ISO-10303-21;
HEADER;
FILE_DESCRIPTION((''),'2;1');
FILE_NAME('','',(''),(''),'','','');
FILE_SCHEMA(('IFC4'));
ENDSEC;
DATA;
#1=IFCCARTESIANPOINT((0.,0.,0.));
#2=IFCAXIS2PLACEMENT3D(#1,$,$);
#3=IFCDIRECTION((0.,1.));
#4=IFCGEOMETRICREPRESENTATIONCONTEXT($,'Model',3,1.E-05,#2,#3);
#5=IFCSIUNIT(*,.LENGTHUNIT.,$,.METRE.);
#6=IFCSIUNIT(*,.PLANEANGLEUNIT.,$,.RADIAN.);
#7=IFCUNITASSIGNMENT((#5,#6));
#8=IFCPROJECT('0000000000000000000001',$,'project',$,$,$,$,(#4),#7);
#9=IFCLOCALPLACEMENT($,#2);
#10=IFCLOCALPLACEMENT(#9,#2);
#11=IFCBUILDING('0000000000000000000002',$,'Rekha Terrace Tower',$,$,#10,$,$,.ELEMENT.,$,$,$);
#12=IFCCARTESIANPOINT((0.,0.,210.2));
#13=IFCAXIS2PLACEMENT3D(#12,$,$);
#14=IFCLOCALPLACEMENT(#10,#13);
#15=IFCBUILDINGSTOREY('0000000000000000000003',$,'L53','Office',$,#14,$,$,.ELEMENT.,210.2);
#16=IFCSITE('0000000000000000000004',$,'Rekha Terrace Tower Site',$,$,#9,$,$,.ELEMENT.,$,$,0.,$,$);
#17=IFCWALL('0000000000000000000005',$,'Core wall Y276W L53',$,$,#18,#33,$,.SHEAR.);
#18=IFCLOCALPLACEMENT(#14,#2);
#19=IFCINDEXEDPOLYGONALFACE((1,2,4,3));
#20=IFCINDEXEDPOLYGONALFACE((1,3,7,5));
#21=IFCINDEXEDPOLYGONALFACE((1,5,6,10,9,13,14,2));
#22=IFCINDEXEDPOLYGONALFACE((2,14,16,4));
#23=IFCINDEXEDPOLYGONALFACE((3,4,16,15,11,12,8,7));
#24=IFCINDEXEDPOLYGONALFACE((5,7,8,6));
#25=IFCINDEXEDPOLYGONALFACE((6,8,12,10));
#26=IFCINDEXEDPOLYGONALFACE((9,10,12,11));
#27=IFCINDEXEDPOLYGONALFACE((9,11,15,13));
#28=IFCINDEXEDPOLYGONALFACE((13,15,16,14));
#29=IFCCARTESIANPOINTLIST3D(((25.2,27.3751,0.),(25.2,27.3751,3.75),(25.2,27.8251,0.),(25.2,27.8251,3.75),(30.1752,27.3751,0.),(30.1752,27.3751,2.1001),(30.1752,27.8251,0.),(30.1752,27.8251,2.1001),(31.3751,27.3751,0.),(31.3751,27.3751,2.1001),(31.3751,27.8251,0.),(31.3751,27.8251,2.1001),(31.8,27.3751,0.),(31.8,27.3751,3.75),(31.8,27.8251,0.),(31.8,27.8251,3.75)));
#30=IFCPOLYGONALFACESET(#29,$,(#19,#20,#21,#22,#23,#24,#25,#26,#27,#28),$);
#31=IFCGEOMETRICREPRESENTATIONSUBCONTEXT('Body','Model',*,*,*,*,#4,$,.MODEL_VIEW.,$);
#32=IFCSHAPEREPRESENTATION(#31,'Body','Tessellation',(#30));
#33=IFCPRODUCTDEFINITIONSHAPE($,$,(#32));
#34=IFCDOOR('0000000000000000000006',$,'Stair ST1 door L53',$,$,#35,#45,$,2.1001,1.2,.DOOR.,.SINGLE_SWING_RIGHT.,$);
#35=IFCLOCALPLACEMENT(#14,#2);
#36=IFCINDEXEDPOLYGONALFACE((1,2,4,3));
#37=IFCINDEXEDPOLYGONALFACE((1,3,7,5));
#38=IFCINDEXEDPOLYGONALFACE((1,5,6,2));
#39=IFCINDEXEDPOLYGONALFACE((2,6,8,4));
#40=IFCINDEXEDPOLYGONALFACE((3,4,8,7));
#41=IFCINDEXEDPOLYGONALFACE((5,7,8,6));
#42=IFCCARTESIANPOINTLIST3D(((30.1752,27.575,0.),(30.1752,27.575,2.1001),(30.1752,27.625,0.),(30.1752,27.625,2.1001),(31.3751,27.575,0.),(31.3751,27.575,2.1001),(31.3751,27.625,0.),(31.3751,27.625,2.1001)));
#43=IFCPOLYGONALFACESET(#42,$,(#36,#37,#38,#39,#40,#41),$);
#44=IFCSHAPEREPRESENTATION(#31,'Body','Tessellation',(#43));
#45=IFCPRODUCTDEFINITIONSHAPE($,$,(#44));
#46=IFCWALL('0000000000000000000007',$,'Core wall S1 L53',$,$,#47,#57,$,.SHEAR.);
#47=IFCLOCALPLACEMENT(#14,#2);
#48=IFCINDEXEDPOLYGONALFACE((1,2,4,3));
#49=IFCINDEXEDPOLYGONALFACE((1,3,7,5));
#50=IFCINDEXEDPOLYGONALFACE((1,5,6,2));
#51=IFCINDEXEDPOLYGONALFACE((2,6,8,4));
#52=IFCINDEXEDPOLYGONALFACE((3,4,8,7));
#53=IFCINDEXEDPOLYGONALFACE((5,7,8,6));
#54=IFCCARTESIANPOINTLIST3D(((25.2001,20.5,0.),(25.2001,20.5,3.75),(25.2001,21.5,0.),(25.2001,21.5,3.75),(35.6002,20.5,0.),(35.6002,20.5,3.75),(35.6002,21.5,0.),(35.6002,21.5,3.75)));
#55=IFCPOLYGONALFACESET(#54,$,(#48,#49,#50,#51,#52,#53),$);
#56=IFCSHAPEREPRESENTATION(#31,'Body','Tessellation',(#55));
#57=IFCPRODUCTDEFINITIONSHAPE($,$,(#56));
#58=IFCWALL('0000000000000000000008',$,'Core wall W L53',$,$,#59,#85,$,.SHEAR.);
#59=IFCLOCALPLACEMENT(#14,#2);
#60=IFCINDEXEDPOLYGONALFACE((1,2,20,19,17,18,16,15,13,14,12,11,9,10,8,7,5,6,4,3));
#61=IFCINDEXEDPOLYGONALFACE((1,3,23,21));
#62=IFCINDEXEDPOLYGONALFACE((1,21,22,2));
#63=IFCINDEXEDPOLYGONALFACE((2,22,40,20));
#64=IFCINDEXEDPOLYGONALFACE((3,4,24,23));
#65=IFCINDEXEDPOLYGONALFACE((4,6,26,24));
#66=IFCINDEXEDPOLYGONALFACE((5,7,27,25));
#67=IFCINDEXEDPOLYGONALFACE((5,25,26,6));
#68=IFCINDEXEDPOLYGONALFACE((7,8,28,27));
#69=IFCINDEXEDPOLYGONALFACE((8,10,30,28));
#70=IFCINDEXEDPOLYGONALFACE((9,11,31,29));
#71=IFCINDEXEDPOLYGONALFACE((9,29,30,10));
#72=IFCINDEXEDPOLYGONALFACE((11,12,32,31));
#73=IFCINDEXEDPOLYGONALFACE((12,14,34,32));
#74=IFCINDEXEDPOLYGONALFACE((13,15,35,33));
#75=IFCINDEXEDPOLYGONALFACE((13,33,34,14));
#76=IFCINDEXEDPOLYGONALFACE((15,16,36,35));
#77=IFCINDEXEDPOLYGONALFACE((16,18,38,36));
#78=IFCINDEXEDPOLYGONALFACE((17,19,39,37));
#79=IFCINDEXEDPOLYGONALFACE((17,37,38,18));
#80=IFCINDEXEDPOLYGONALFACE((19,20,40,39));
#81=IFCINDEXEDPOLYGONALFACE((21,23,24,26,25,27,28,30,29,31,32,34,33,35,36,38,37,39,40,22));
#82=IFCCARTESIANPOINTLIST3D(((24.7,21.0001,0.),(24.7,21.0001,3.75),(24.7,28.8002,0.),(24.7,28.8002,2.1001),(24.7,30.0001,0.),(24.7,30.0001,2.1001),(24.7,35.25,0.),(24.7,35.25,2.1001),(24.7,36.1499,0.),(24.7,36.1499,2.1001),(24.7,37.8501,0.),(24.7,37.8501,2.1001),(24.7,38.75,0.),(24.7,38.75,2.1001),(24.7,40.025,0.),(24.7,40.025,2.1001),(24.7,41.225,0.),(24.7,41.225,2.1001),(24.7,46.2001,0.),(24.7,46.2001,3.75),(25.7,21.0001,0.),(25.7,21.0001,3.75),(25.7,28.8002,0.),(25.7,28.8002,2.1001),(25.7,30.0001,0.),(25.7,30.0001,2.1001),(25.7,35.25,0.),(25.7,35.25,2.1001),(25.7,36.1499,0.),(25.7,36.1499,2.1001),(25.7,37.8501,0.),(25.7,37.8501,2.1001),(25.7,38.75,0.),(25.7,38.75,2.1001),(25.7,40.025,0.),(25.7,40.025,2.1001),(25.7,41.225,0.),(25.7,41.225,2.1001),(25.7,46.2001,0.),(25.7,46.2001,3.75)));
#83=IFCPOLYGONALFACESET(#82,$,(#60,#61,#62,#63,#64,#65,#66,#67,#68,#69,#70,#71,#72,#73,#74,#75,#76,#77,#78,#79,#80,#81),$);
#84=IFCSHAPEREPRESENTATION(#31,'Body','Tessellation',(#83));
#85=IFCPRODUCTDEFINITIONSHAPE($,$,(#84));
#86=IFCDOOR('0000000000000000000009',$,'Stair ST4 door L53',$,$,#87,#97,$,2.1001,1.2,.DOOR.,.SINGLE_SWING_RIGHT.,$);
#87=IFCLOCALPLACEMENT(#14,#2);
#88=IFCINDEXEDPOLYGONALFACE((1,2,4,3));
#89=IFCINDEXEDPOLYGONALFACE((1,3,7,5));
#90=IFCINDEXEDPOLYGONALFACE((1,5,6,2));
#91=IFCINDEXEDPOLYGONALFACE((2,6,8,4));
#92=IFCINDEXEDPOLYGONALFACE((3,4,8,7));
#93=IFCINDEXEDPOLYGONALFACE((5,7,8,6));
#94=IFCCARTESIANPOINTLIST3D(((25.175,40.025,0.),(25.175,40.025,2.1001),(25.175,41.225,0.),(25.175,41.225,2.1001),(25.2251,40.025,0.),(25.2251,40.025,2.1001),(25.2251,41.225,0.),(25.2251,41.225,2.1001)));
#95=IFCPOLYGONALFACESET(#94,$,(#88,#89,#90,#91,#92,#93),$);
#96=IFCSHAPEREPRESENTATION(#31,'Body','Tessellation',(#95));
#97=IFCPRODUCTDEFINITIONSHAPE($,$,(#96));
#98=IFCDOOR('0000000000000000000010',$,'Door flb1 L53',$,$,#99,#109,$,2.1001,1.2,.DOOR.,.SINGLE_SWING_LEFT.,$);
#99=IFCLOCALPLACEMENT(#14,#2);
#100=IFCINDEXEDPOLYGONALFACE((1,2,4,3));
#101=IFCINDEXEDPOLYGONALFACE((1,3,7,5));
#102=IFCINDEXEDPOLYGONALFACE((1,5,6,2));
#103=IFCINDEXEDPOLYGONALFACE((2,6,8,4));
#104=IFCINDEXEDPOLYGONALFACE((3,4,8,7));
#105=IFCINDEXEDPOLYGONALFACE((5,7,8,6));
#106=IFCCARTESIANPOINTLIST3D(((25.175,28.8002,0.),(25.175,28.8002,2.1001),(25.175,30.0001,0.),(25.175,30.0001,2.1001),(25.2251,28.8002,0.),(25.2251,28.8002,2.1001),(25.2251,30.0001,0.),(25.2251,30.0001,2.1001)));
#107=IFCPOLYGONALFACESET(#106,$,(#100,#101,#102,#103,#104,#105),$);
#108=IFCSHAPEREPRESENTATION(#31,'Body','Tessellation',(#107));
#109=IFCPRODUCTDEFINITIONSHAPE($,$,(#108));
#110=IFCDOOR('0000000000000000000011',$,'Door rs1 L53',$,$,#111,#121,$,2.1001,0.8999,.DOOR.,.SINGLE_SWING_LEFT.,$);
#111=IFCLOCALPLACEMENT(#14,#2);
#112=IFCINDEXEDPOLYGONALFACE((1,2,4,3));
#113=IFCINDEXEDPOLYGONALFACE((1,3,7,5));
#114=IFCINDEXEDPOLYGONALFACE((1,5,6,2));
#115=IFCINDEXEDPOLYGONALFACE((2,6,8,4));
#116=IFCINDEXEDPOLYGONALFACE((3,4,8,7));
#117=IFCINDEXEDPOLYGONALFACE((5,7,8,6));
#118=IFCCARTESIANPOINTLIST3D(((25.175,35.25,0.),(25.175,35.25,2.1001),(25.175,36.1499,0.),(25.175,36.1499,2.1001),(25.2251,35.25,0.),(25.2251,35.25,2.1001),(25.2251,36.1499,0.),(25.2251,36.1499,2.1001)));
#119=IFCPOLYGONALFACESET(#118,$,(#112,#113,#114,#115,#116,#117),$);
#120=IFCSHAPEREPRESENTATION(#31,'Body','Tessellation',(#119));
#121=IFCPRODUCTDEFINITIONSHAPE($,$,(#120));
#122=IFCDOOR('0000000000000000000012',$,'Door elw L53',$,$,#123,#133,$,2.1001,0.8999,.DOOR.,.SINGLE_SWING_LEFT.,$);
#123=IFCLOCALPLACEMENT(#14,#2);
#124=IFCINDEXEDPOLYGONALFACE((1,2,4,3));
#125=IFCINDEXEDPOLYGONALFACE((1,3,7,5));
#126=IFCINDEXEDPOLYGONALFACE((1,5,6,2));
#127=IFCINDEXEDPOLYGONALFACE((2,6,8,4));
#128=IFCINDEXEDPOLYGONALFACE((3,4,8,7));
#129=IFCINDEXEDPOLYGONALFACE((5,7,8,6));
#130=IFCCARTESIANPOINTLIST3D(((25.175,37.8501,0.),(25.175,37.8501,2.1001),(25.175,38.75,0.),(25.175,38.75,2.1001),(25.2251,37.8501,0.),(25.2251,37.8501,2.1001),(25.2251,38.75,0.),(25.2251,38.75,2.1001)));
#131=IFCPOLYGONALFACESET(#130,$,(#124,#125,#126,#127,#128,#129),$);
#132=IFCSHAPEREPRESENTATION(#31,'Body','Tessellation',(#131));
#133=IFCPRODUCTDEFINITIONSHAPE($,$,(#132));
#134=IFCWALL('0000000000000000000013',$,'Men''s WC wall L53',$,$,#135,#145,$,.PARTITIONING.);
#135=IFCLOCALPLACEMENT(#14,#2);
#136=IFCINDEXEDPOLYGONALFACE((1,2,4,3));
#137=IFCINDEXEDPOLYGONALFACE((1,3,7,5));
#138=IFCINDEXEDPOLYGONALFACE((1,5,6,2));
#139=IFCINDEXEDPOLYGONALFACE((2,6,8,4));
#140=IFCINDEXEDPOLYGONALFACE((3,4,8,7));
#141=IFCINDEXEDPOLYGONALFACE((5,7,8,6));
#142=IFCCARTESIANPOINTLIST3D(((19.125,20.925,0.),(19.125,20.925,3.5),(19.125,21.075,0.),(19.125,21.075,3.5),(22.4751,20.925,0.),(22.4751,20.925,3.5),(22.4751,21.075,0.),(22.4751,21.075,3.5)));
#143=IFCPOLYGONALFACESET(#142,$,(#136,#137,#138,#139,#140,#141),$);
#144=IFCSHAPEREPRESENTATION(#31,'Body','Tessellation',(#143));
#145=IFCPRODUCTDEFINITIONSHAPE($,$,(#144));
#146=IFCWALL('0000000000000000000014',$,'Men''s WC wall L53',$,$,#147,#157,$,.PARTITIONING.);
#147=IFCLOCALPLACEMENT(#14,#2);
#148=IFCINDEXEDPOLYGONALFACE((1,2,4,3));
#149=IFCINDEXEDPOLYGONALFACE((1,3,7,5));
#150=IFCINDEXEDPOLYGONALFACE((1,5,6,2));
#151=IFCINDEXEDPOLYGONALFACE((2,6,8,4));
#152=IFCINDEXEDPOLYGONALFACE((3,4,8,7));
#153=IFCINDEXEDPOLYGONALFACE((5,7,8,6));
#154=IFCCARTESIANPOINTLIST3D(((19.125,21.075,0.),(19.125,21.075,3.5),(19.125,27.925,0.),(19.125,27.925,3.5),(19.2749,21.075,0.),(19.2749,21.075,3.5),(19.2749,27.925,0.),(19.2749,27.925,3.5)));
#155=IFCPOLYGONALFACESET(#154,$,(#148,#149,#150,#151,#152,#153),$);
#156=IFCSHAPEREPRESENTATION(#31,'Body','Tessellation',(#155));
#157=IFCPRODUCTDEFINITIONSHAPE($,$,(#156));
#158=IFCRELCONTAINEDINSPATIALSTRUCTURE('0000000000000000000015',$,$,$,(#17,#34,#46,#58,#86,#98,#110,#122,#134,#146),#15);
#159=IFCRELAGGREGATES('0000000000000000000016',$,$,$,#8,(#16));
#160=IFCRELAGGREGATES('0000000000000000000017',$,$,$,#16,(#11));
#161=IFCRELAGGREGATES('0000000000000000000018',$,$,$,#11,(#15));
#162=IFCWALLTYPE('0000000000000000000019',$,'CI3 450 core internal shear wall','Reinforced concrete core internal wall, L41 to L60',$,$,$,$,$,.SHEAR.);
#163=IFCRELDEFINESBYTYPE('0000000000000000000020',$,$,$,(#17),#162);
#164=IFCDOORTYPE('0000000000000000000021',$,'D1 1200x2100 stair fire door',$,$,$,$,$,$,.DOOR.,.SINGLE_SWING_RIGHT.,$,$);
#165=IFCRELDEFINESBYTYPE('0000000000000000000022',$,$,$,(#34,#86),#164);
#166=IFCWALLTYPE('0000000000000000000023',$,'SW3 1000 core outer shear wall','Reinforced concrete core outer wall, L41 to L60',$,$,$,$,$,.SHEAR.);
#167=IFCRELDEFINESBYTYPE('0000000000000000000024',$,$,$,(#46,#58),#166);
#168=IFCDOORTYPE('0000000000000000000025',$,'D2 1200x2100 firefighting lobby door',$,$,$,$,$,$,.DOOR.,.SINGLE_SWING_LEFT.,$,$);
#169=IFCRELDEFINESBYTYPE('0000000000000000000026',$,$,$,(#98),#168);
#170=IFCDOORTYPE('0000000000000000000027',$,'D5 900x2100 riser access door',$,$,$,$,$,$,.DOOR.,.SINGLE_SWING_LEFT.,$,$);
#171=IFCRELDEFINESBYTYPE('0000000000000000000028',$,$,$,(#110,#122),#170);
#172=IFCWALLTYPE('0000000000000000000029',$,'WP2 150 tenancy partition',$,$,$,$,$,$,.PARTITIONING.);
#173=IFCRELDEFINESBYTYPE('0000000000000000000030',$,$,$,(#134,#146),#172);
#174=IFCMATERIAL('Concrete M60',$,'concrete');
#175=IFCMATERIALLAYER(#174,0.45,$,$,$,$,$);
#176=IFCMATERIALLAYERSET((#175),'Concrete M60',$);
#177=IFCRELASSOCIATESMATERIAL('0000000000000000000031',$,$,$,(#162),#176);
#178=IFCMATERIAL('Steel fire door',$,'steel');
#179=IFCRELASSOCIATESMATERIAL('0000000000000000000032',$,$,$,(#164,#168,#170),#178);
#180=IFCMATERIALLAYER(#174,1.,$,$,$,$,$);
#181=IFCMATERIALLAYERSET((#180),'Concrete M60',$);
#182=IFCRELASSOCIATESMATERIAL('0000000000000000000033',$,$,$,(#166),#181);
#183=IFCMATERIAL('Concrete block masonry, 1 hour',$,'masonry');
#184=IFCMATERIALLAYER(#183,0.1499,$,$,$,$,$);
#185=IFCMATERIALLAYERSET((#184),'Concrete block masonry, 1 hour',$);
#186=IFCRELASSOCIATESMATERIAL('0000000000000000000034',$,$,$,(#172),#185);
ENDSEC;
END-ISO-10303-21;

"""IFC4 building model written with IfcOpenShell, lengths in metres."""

from ifc_helpers import new_model, si_unit, direction, frame, frame_2d, origin, place, context, subcontext, project, spatial, rectangle, extrude, material, layer, layer_set, type_object, element, fill, save


model = new_model("IFC4")

# Units and contexts
model_context = context("Model", 3, precision=1e-05, world=origin(), true_north=direction((0.0, 1.0)))
body_context = subcontext(model_context, "Body", "Model", "MODEL_VIEW")
ifc_project = project(units=[si_unit("LENGTHUNIT", "METRE"), si_unit("PLANEANGLEUNIT", "RADIAN")], contexts=[model_context])

# Site, building, storey
site_placement = place(None, origin())
site = spatial("IfcSite", under=ifc_project, at=site_placement, Name="Rekha Terrace Tower Site", CompositionType="ELEMENT", RefElevation=0.0)
building_placement = place(site_placement, origin())
building = spatial("IfcBuilding", under=site, at=building_placement, Name="Rekha Terrace Tower", CompositionType="ELEMENT")
storey_placement = place(building_placement, frame((0.0, 0.0, 210.2)))
storey = spatial("IfcBuildingStorey", under=building, at=storey_placement, Name="L53", Description="Office", CompositionType="ELEMENT", Elevation=210.2)

# Wall, opening, door
ifc_material_1 = material(Name="Concrete M60", Category="concrete")
ifc_layer_1 = layer(ifc_material_1, 0.45)
ifc_layer_set_1 = layer_set([ifc_layer_1], Name="Concrete M60")
wall_type_1 = type_object("IfcWallType", Name="CI3 450 core internal shear wall", Description="Reinforced concrete core internal wall, L41 to L60", PredefinedType="SHEAR", material=ifc_layer_set_1)
wall_1_placement = place(storey_placement, frame((25.2, 27.6001, 0.0), z_axis=(0.0, 0.0, 1.0), x_axis=(1.0, 0.0, 0.0)))
wall_1 = element("IfcWall", 1, at=wall_1_placement, inside=storey, type_object=wall_type_1, Name="Core wall Y276W L53", PredefinedType="SHEAR", context=body_context, shape_type="SweptSolid", body=[
    extrude(rectangle(XDim=6.6001, YDim=0.45, at=frame_2d((3.3, 0.0))), origin(), (0.0, 0.0, 1.0), 3.75),
])
opening_1_placement = place(wall_1_placement, frame((4.9751, 0.0, 0.0)))
opening_1 = element("IfcOpeningElement", 2, at=opening_1_placement, cuts=wall_1, PredefinedType="OPENING", context=body_context, shape_type="SweptSolid", body=[
    extrude(rectangle(XDim=1.2, YDim=2.1001, at=frame_2d((0.6001, 1.05))), frame((0.0, 0.2349, 0.0), z_axis=(0.0, -1.0, 0.0), x_axis=(1.0, 0.0, 0.0)), (0.0, 0.0, 1.0), 0.47),
])
ifc_material_2 = material(Name="Steel fire door", Category="steel")
door_type_1 = type_object("IfcDoorType", Name="D1 1200x2100 stair fire door", OperationType="SINGLE_SWING_RIGHT", PredefinedType="DOOR", material=ifc_material_2)
door_1_placement = place(opening_1_placement, origin())
door_1 = element("IfcDoor", 3, at=door_1_placement, inside=storey, type_object=door_type_1, Name="Stair ST1 door L53", OperationType="SINGLE_SWING_RIGHT", OverallHeight=2.1001, OverallWidth=1.2, PredefinedType="DOOR", context=body_context, shape_type="SweptSolid", body=[
    extrude(rectangle(XDim=1.2, YDim=2.1001, at=frame_2d((0.6001, 1.05))), frame((0.0, 0.0249, 0.0), z_axis=(0.0, -1.0, 0.0), x_axis=(1.0, 0.0, 0.0)), (0.0, 0.0, 1.0), 0.05),
])
fill(opening_1, door_1)

# Wall
ifc_layer_2 = layer(ifc_material_1, 1.0)
ifc_layer_set_2 = layer_set([ifc_layer_2], Name="Concrete M60")
wall_type_2 = type_object("IfcWallType", Name="SW3 1000 core outer shear wall", Description="Reinforced concrete core outer wall, L41 to L60", PredefinedType="SHEAR", material=ifc_layer_set_2)
wall_2_placement = place(storey_placement, frame((25.2, 21.0, 0.0), z_axis=(0.0, 0.0, 1.0), x_axis=(1.0, 0.0, 0.0)))
element("IfcWall", 4, at=wall_2_placement, inside=storey, type_object=wall_type_2, Name="Core wall S1 L53", PredefinedType="SHEAR", context=body_context, shape_type="SweptSolid", body=[
    extrude(rectangle(XDim=10.4001, YDim=1.0, at=frame_2d((5.2002, 0.0))), origin(), (0.0, 0.0, 1.0), 3.75),
])

# Wall, openings, doors
wall_3_placement = place(storey_placement, frame((25.2, 21.0, 0.0), z_axis=(0.0, 0.0, 1.0), x_axis=(0.0, 1.0, 0.0)))
wall_3 = element("IfcWall", 5, at=wall_3_placement, inside=storey, type_object=wall_type_2, Name="Core wall W L53", PredefinedType="SHEAR", context=body_context, shape_type="SweptSolid", body=[
    extrude(rectangle(XDim=25.2, YDim=1.0, at=frame_2d((12.6001, 0.0))), origin(), (0.0, 0.0, 1.0), 3.75),
])
opening_2_placement = place(wall_3_placement, frame((7.8, 0.0, 0.0)))
opening_2 = element("IfcOpeningElement", 6, at=opening_2_placement, cuts=wall_3, PredefinedType="OPENING", context=body_context, shape_type="SweptSolid", body=[
    extrude(rectangle(XDim=1.2, YDim=2.1001, at=frame_2d((0.6001, 1.05))), frame((0.0, 0.51, 0.0), z_axis=(0.0, -1.0, 0.0), x_axis=(1.0, 0.0, 0.0)), (0.0, 0.0, 1.0), 1.02),
])
opening_3_placement = place(wall_3_placement, frame((14.25, 0.0, 0.0)))
opening_3 = element("IfcOpeningElement", 7, at=opening_3_placement, cuts=wall_3, PredefinedType="OPENING", context=body_context, shape_type="SweptSolid", body=[
    extrude(rectangle(XDim=0.8999, YDim=2.1001, at=frame_2d((0.45, 1.05))), frame((0.0, 0.51, 0.0), z_axis=(0.0, -1.0, 0.0), x_axis=(1.0, 0.0, 0.0)), (0.0, 0.0, 1.0), 1.02),
])
opening_4_placement = place(wall_3_placement, frame((16.8501, 0.0, 0.0)))
opening_4 = element("IfcOpeningElement", 8, at=opening_4_placement, cuts=wall_3, PredefinedType="OPENING", context=body_context, shape_type="SweptSolid", body=[
    extrude(rectangle(XDim=0.8999, YDim=2.1001, at=frame_2d((0.45, 1.05))), frame((0.0, 0.51, 0.0), z_axis=(0.0, -1.0, 0.0), x_axis=(1.0, 0.0, 0.0)), (0.0, 0.0, 1.0), 1.02),
])
opening_5_placement = place(wall_3_placement, frame((19.0249, 0.0, 0.0)))
opening_5 = element("IfcOpeningElement", 9, at=opening_5_placement, cuts=wall_3, PredefinedType="OPENING", context=body_context, shape_type="SweptSolid", body=[
    extrude(rectangle(XDim=1.2, YDim=2.1001, at=frame_2d((0.6001, 1.05))), frame((0.0, 0.51, 0.0), z_axis=(0.0, -1.0, 0.0), x_axis=(1.0, 0.0, 0.0)), (0.0, 0.0, 1.0), 1.02),
])
door_2_placement = place(opening_5_placement, origin())
door_2 = element("IfcDoor", 10, at=door_2_placement, inside=storey, type_object=door_type_1, Name="Stair ST4 door L53", OperationType="SINGLE_SWING_RIGHT", OverallHeight=2.1001, OverallWidth=1.2, PredefinedType="DOOR", context=body_context, shape_type="SweptSolid", body=[
    extrude(rectangle(XDim=1.2, YDim=2.1001, at=frame_2d((0.6001, 1.05))), frame((0.0, 0.0249, 0.0), z_axis=(0.0, -1.0, 0.0), x_axis=(1.0, 0.0, 0.0)), (0.0, 0.0, 1.0), 0.05),
])
fill(opening_5, door_2)
door_type_2 = type_object("IfcDoorType", Name="D2 1200x2100 firefighting lobby door", OperationType="SINGLE_SWING_LEFT", PredefinedType="DOOR", material=ifc_material_2)
door_3_placement = place(opening_2_placement, origin())
door_3 = element("IfcDoor", 11, at=door_3_placement, inside=storey, type_object=door_type_2, Name="Door flb1 L53", OperationType="SINGLE_SWING_LEFT", OverallHeight=2.1001, OverallWidth=1.2, PredefinedType="DOOR", context=body_context, shape_type="SweptSolid", body=[
    extrude(rectangle(XDim=1.2, YDim=2.1001, at=frame_2d((0.6001, 1.05))), frame((0.0, 0.0249, 0.0), z_axis=(0.0, -1.0, 0.0), x_axis=(1.0, 0.0, 0.0)), (0.0, 0.0, 1.0), 0.05),
])
fill(opening_2, door_3)
door_type_3 = type_object("IfcDoorType", Name="D5 900x2100 riser access door", OperationType="SINGLE_SWING_LEFT", PredefinedType="DOOR", material=ifc_material_2)
door_4_placement = place(opening_3_placement, origin())
door_4 = element("IfcDoor", 12, at=door_4_placement, inside=storey, type_object=door_type_3, Name="Door rs1 L53", OperationType="SINGLE_SWING_LEFT", OverallHeight=2.1001, OverallWidth=0.8999, PredefinedType="DOOR", context=body_context, shape_type="SweptSolid", body=[
    extrude(rectangle(XDim=0.8999, YDim=2.1001, at=frame_2d((0.45, 1.05))), frame((0.0, 0.0249, 0.0), z_axis=(0.0, -1.0, 0.0), x_axis=(1.0, 0.0, 0.0)), (0.0, 0.0, 1.0), 0.05),
])
fill(opening_3, door_4)
door_5_placement = place(opening_4_placement, origin())
door_5 = element("IfcDoor", 13, at=door_5_placement, inside=storey, type_object=door_type_3, Name="Door elw L53", OperationType="SINGLE_SWING_LEFT", OverallHeight=2.1001, OverallWidth=0.8999, PredefinedType="DOOR", context=body_context, shape_type="SweptSolid", body=[
    extrude(rectangle(XDim=0.8999, YDim=2.1001, at=frame_2d((0.45, 1.05))), frame((0.0, 0.0249, 0.0), z_axis=(0.0, -1.0, 0.0), x_axis=(1.0, 0.0, 0.0)), (0.0, 0.0, 1.0), 0.05),
])
fill(opening_4, door_5)

# Walls
ifc_material_3 = material(Name="Concrete block masonry, 1 hour", Category="masonry")
ifc_layer_3 = layer(ifc_material_3, 0.1499)
ifc_layer_set_3 = layer_set([ifc_layer_3], Name="Concrete block masonry, 1 hour")
wall_type_3 = type_object("IfcWallType", Name="WP2 150 tenancy partition", PredefinedType="PARTITIONING", material=ifc_layer_set_3)
wall_4_placement = place(storey_placement, frame((19.125, 21.0, 0.0), z_axis=(0.0, 0.0, 1.0), x_axis=(1.0, 0.0, 0.0)))
element("IfcWall", 14, at=wall_4_placement, inside=storey, type_object=wall_type_3, Name="Men's WC wall L53", PredefinedType="PARTITIONING", context=body_context, shape_type="SweptSolid", body=[
    extrude(rectangle(XDim=3.3501, YDim=0.1499, at=frame_2d((1.675, 0.0))), origin(), (0.0, 0.0, 1.0), 3.5),
])
wall_5_placement = place(storey_placement, frame((19.2, 21.075, 0.0), z_axis=(0.0, 0.0, 1.0), x_axis=(0.0, 1.0, 0.0)))
element("IfcWall", 15, at=wall_5_placement, inside=storey, type_object=wall_type_3, Name="Men's WC wall L53", PredefinedType="PARTITIONING", context=body_context, shape_type="SweptSolid", body=[
    extrude(rectangle(XDim=6.8501, YDim=0.1499, at=frame_2d((3.425, 0.0))), origin(), (0.0, 0.0, 1.0), 3.5),
])

save(model, "model.ifc")
